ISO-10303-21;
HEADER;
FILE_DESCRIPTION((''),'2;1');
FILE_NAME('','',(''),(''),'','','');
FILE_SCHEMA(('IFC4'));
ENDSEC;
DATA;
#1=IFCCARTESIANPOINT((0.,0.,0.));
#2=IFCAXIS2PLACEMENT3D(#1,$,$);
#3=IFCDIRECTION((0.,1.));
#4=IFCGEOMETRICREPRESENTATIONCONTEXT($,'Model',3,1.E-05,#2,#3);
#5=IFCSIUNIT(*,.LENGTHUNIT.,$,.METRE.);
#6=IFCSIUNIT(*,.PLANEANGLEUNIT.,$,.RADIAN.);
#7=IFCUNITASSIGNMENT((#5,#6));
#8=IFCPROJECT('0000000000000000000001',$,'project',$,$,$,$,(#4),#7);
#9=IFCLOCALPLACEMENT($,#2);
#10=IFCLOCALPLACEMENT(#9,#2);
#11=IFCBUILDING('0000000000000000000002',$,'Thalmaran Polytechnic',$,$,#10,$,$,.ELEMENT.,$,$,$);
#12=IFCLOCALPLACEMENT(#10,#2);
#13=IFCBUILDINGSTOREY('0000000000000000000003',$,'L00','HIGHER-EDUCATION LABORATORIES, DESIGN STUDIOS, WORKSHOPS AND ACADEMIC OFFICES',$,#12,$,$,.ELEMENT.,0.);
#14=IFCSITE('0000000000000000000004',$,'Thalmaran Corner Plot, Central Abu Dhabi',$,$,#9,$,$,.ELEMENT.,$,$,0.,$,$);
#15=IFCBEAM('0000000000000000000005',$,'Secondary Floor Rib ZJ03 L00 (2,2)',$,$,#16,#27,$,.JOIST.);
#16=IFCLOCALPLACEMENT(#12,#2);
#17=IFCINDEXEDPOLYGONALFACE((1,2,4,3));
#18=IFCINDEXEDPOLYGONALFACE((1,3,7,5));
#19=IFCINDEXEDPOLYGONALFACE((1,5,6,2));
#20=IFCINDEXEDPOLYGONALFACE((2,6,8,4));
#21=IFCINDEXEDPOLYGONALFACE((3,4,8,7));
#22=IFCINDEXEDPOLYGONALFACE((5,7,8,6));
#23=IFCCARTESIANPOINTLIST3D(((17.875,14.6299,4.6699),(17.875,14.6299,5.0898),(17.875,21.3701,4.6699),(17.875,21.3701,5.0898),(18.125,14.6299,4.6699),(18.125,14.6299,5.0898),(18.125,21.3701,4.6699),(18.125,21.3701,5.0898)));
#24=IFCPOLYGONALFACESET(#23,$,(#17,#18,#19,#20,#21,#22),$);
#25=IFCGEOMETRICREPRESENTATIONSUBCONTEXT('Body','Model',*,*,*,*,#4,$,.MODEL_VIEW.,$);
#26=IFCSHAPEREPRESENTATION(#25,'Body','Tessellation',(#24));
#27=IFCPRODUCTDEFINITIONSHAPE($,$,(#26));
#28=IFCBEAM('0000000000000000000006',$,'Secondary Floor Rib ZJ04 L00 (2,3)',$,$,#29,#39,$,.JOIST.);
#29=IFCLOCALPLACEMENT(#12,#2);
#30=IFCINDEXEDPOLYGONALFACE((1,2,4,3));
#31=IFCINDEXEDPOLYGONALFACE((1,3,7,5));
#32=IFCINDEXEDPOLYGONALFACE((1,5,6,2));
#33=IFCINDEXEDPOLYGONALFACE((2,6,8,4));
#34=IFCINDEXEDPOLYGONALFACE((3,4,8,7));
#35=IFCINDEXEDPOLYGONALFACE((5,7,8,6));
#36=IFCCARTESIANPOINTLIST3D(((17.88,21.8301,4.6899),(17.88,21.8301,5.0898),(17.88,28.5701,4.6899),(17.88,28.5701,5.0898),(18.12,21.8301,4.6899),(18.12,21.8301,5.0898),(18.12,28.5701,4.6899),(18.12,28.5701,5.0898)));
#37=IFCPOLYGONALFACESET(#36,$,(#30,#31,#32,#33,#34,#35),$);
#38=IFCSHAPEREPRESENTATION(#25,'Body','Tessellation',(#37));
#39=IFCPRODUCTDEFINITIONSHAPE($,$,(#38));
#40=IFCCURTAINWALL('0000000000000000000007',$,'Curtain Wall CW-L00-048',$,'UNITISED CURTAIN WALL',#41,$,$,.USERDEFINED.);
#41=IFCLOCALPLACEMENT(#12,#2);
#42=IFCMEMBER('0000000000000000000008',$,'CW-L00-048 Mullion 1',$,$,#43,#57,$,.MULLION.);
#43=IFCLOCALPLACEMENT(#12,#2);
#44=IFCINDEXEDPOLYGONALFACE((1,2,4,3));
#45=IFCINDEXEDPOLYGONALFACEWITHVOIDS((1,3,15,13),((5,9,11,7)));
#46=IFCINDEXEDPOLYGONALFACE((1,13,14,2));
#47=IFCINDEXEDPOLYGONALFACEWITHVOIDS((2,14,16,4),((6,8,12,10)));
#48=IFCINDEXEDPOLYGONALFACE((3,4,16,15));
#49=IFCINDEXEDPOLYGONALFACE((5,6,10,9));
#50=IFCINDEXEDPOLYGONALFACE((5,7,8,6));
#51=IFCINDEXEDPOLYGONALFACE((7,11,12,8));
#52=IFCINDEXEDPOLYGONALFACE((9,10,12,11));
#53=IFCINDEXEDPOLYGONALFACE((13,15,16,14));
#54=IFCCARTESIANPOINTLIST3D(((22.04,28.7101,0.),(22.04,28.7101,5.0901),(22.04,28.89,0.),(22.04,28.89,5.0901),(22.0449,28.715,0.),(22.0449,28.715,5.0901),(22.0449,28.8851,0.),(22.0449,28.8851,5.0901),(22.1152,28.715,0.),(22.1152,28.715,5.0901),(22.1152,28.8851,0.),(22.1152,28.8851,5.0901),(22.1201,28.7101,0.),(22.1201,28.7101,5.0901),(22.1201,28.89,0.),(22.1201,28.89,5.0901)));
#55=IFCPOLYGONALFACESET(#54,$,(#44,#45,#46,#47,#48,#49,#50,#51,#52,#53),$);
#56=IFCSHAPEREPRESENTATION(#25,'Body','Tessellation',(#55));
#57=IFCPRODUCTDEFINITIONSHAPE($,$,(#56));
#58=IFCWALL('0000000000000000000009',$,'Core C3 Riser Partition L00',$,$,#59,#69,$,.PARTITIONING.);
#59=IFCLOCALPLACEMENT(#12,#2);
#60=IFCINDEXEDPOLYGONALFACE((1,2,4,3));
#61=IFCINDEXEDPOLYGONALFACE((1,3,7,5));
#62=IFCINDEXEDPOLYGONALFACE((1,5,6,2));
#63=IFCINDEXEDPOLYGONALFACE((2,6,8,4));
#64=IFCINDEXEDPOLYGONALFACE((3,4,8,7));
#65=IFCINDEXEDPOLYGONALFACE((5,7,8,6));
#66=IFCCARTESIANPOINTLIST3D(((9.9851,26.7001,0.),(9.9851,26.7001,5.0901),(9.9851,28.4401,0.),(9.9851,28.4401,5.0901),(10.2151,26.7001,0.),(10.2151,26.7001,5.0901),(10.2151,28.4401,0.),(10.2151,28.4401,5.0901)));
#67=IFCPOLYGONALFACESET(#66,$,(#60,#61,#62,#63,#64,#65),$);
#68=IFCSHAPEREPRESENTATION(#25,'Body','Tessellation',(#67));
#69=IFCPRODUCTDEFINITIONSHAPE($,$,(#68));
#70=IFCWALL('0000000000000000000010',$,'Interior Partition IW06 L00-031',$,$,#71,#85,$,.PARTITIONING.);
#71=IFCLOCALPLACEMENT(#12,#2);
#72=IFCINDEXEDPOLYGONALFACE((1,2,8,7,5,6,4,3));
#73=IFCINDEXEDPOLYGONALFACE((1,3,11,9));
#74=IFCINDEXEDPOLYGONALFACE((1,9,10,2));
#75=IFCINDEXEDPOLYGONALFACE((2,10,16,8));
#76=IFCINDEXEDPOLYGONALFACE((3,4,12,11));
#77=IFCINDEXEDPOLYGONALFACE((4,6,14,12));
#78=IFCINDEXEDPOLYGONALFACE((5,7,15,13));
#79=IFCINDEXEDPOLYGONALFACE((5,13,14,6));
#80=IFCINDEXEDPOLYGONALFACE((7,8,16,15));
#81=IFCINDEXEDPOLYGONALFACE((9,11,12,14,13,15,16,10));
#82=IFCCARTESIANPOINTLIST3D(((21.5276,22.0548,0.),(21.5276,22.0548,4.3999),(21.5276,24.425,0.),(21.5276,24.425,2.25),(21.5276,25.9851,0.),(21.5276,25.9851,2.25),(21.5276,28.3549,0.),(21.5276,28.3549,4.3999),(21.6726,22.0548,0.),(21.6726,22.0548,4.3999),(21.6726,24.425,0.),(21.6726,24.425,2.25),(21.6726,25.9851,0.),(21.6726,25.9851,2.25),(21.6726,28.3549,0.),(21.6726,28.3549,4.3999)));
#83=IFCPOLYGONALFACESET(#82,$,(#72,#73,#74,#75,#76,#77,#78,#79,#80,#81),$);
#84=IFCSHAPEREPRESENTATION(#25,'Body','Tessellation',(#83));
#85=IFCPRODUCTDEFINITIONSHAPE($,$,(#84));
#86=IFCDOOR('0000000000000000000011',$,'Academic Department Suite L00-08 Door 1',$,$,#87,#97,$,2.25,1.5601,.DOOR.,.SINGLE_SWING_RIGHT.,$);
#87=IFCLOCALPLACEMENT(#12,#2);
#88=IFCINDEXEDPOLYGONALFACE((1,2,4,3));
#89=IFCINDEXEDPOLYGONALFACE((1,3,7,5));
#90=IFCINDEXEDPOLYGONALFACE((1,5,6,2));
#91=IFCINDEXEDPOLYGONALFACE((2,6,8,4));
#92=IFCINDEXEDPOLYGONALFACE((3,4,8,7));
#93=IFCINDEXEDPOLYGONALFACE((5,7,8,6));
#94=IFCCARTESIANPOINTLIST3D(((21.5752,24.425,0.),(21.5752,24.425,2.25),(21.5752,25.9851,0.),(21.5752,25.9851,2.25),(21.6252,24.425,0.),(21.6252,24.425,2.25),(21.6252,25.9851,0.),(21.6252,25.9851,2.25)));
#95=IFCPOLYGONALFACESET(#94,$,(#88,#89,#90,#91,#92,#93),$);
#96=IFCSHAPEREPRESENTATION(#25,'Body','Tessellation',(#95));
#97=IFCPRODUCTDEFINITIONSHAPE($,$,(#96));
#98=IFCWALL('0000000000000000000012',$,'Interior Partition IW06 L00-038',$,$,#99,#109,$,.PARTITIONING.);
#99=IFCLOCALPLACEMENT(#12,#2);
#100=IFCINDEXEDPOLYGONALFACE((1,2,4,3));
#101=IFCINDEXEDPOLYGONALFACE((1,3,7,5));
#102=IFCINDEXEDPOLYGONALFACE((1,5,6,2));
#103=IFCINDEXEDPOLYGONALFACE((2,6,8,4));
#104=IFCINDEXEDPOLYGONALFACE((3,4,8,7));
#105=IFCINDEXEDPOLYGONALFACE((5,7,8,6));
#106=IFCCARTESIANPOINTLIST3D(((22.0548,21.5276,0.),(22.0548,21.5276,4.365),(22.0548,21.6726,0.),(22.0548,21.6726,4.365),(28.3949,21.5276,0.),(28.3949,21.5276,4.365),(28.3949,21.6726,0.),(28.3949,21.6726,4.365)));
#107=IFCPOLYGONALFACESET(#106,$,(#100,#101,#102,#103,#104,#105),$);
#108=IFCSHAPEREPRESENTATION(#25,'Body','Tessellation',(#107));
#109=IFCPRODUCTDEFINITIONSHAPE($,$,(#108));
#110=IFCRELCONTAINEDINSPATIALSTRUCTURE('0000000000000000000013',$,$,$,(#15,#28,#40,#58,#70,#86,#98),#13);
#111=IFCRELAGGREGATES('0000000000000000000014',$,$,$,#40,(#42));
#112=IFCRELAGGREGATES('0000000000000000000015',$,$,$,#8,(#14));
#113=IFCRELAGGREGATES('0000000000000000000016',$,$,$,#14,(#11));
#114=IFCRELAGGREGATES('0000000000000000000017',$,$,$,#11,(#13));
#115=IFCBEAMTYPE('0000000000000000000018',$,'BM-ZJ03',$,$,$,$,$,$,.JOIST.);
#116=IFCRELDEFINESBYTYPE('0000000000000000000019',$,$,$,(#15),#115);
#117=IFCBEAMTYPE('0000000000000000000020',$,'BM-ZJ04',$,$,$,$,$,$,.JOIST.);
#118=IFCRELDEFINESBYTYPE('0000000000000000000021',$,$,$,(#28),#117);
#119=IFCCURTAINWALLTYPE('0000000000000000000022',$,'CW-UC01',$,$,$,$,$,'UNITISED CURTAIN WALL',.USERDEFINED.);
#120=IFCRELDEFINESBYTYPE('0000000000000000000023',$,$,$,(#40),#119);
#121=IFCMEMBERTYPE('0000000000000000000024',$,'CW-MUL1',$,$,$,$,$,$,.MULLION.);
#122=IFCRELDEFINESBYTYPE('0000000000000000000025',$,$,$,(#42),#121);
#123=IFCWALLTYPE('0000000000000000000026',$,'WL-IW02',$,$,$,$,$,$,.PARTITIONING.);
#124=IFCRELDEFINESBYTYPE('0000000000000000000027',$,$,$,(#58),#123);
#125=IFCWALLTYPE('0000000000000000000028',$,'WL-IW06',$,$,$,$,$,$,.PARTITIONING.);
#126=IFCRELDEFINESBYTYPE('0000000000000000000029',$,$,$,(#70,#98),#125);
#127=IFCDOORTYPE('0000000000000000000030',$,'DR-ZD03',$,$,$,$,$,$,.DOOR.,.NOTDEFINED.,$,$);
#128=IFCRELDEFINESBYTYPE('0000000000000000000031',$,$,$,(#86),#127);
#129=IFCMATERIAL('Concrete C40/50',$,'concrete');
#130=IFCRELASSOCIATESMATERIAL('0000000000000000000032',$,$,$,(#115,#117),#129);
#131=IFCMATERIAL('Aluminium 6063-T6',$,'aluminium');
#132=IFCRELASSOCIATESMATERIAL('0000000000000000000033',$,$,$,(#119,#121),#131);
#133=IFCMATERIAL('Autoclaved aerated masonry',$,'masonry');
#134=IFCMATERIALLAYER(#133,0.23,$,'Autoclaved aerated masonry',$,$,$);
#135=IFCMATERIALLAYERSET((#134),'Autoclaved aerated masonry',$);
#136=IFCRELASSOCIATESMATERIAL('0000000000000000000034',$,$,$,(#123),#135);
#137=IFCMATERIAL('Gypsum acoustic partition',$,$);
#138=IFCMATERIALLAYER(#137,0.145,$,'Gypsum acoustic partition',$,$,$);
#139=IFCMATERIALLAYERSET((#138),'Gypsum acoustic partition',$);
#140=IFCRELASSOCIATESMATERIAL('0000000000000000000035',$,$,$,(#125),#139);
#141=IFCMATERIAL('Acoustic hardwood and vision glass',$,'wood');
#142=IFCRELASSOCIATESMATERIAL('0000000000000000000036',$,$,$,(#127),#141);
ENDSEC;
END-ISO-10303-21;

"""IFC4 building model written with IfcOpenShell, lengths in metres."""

from ifc_helpers import new_model, si_unit, direction, frame, frame_2d, origin, origin_2d, place, context, subcontext, project, spatial, rectangle, hollow_rectangle, extrude, material, layer, layer_set, material_profile, profile_set, type_object, element, fill, aggregate, save


model = new_model("IFC4")

# Units and contexts
model_context = context("Model", 3, precision=1e-05, world=origin(), true_north=direction((0.0, 1.0)))
body_context = subcontext(model_context, "Body", "Model", "MODEL_VIEW")
ifc_project = project(units=[si_unit("LENGTHUNIT", "METRE"), si_unit("PLANEANGLEUNIT", "RADIAN")], contexts=[model_context])

# Site, building, storey
site_placement = place(None, origin())
site = spatial("IfcSite", under=ifc_project, at=site_placement, Name="Thalmaran Corner Plot, Central Abu Dhabi", CompositionType="ELEMENT", RefElevation=0.0)
building_placement = place(site_placement, origin())
building = spatial("IfcBuilding", under=site, at=building_placement, Name="Thalmaran Polytechnic", CompositionType="ELEMENT")
storey_placement = place(building_placement, origin())
storey = spatial("IfcBuildingStorey", under=building, at=storey_placement, Name="L00", Description="HIGHER-EDUCATION LABORATORIES, DESIGN STUDIOS, WORKSHOPS AND ACADEMIC OFFICES", CompositionType="ELEMENT", Elevation=0.0)

# Beams
ifc_material_1 = material(Name="Concrete C40/50", Category="concrete")
ifc_material_profile_1 = material_profile(ifc_material_1, rectangle(XDim=0.25, YDim=0.4199, at=origin_2d()), Name="RC 250x420")
ifc_profile_set_1 = profile_set([ifc_material_profile_1], Name="Concrete C40/50")
beam_type_1 = type_object("IfcBeamType", Name="BM-ZJ03", PredefinedType="JOIST", material=ifc_profile_set_1)
beam_1_placement = place(storey_placement, frame((18.0, 14.6299, 4.8799), z_axis=(0.0, 1.0, 0.0), x_axis=(-1.0, 0.0, 0.0)))
element("IfcBeam", 1, at=beam_1_placement, inside=storey, type_object=beam_type_1, Name="Secondary Floor Rib ZJ03 L00 (2,2)", PredefinedType="JOIST", context=body_context, shape_type="SweptSolid", body=[
    extrude(rectangle(XDim=0.25, YDim=0.4199, at=origin_2d()), origin(), (0.0, 0.0, 1.0), 6.7402),
])
ifc_material_profile_2 = material_profile(ifc_material_1, rectangle(XDim=0.24, YDim=0.3999, at=origin_2d()), Name="RC 240x400")
ifc_profile_set_2 = profile_set([ifc_material_profile_2], Name="Concrete C40/50")
beam_type_2 = type_object("IfcBeamType", Name="BM-ZJ04", PredefinedType="JOIST", material=ifc_profile_set_2)
beam_2_placement = place(storey_placement, frame((18.0, 21.8301, 4.8899), z_axis=(0.0, 1.0, 0.0), x_axis=(-1.0, 0.0, 0.0)))
element("IfcBeam", 2, at=beam_2_placement, inside=storey, type_object=beam_type_2, Name="Secondary Floor Rib ZJ04 L00 (2,3)", PredefinedType="JOIST", context=body_context, shape_type="SweptSolid", body=[
    extrude(rectangle(XDim=0.24, YDim=0.3999, at=origin_2d()), origin(), (0.0, 0.0, 1.0), 6.74),
])

# Curtain wall, member
ifc_material_2 = material(Name="Aluminium 6063-T6", Category="aluminium")
curtain_wall_type = type_object("IfcCurtainWallType", Name="CW-UC01", ElementType="UNITISED CURTAIN WALL", PredefinedType="USERDEFINED", material=ifc_material_2)
curtain_wall_placement = place(storey_placement, origin())
curtain_wall = element("IfcCurtainWall", 3, at=curtain_wall_placement, inside=storey, type_object=curtain_wall_type, Name="Curtain Wall CW-L00-048", ObjectType="UNITISED CURTAIN WALL", PredefinedType="USERDEFINED")
ifc_material_profile_3 = material_profile(ifc_material_2, hollow_rectangle(XDim=0.0801, YDim=0.1799, WallThickness=0.0049, at=origin_2d()), Name="RHS 180x80x5.0")
ifc_profile_set_3 = profile_set([ifc_material_profile_3], Name="Aluminium 6063-T6")
member_type = type_object("IfcMemberType", Name="CW-MUL1", PredefinedType="MULLION", material=ifc_profile_set_3)
member_placement = place(storey_placement, frame((22.0801, 28.8, 0.0), z_axis=(0.0, 0.0, 1.0), x_axis=(1.0, 0.0, 0.0)))
member = element("IfcMember", 4, at=member_placement, type_object=member_type, Name="CW-L00-048 Mullion 1", PredefinedType="MULLION", context=body_context, shape_type="SweptSolid", body=[
    extrude(hollow_rectangle(XDim=0.0801, YDim=0.1799, WallThickness=0.0049, at=origin_2d()), origin(), (0.0, 0.0, 1.0), 5.0901),
])
aggregate(curtain_wall, [member])

# Wall
ifc_material_3 = material(Name="Autoclaved aerated masonry", Category="masonry")
ifc_layer_1 = layer(ifc_material_3, 0.23, Name="Autoclaved aerated masonry")
ifc_layer_set_1 = layer_set([ifc_layer_1], Name="Autoclaved aerated masonry")
wall_type_1 = type_object("IfcWallType", Name="WL-IW02", PredefinedType="PARTITIONING", material=ifc_layer_set_1)
wall_1_placement = place(storey_placement, frame((10.1001, 26.7, 0.0), z_axis=(0.0, 0.0, 1.0), x_axis=(0.0, 1.0, 0.0)))
element("IfcWall", 5, at=wall_1_placement, inside=storey, type_object=wall_type_1, Name="Core C3 Riser Partition L00", PredefinedType="PARTITIONING", context=body_context, shape_type="SweptSolid", body=[
    extrude(rectangle(XDim=1.74, YDim=0.23, at=frame_2d((0.8701, 0.0))), origin(), (0.0, 0.0, 1.0), 5.0901),
])

# Wall, opening, door
ifc_material_4 = material(Name="Gypsum acoustic partition")
ifc_layer_2 = layer(ifc_material_4, 0.145, Name="Gypsum acoustic partition")
ifc_layer_set_2 = layer_set([ifc_layer_2], Name="Gypsum acoustic partition")
wall_type_2 = type_object("IfcWallType", Name="WL-IW06", PredefinedType="PARTITIONING", material=ifc_layer_set_2)
wall_2_placement = place(storey_placement, frame((21.6001, 22.0549, 0.0), z_axis=(0.0, 0.0, 1.0), x_axis=(0.0, 1.0, 0.0)))
wall_2 = element("IfcWall", 6, at=wall_2_placement, inside=storey, type_object=wall_type_2, Name="Interior Partition IW06 L00-031", PredefinedType="PARTITIONING", context=body_context, shape_type="SweptSolid", body=[
    extrude(rectangle(XDim=6.3, YDim=0.145, at=frame_2d((3.1499, 0.0))), origin(), (0.0, 0.0, 1.0), 4.3999),
])
opening_1_placement = place(wall_2_placement, frame((2.3701, 0.0, 0.0)))
opening_1 = element("IfcOpeningElement", 7, at=opening_1_placement, cuts=wall_2, PredefinedType="OPENING", context=body_context, shape_type="SweptSolid", body=[
    extrude(rectangle(XDim=1.5601, YDim=2.25, at=frame_2d((0.78, 1.125))), frame((0.0, 0.0825, 0.0), z_axis=(0.0, -1.0, 0.0), x_axis=(1.0, 0.0, 0.0)), (0.0, 0.0, 1.0), 0.165),
])
ifc_material_5 = material(Name="Acoustic hardwood and vision glass", Category="wood")
door_type_1 = type_object("IfcDoorType", Name="DR-ZD03", OperationType="NOTDEFINED", PredefinedType="DOOR", material=ifc_material_5)
door_1_placement = place(opening_1_placement, origin())
door_1 = element("IfcDoor", 8, at=door_1_placement, inside=storey, type_object=door_type_1, Name="Academic Department Suite L00-08 Door 1", OperationType="SINGLE_SWING_RIGHT", OverallHeight=2.25, OverallWidth=1.5601, PredefinedType="DOOR", context=body_context, shape_type="SweptSolid", body=[
    extrude(rectangle(XDim=1.5601, YDim=2.25, at=frame_2d((0.78, 1.125))), frame((0.0, 0.0249, 0.0), z_axis=(0.0, -1.0, 0.0), x_axis=(1.0, 0.0, 0.0)), (0.0, 0.0, 1.0), 0.05),
])
fill(opening_1, door_1)

# Wall
wall_3_placement = place(storey_placement, frame((22.0549, 21.6001, 0.0), z_axis=(0.0, 0.0, 1.0), x_axis=(1.0, 0.0, 0.0)))
element("IfcWall", 9, at=wall_3_placement, inside=storey, type_object=wall_type_2, Name="Interior Partition IW06 L00-038", PredefinedType="PARTITIONING", context=body_context, shape_type="SweptSolid", body=[
    extrude(rectangle(XDim=6.3401, YDim=0.145, at=frame_2d((3.1699, 0.0))), origin(), (0.0, 0.0, 1.0), 4.365),
])

save(model, "model.ifc")
